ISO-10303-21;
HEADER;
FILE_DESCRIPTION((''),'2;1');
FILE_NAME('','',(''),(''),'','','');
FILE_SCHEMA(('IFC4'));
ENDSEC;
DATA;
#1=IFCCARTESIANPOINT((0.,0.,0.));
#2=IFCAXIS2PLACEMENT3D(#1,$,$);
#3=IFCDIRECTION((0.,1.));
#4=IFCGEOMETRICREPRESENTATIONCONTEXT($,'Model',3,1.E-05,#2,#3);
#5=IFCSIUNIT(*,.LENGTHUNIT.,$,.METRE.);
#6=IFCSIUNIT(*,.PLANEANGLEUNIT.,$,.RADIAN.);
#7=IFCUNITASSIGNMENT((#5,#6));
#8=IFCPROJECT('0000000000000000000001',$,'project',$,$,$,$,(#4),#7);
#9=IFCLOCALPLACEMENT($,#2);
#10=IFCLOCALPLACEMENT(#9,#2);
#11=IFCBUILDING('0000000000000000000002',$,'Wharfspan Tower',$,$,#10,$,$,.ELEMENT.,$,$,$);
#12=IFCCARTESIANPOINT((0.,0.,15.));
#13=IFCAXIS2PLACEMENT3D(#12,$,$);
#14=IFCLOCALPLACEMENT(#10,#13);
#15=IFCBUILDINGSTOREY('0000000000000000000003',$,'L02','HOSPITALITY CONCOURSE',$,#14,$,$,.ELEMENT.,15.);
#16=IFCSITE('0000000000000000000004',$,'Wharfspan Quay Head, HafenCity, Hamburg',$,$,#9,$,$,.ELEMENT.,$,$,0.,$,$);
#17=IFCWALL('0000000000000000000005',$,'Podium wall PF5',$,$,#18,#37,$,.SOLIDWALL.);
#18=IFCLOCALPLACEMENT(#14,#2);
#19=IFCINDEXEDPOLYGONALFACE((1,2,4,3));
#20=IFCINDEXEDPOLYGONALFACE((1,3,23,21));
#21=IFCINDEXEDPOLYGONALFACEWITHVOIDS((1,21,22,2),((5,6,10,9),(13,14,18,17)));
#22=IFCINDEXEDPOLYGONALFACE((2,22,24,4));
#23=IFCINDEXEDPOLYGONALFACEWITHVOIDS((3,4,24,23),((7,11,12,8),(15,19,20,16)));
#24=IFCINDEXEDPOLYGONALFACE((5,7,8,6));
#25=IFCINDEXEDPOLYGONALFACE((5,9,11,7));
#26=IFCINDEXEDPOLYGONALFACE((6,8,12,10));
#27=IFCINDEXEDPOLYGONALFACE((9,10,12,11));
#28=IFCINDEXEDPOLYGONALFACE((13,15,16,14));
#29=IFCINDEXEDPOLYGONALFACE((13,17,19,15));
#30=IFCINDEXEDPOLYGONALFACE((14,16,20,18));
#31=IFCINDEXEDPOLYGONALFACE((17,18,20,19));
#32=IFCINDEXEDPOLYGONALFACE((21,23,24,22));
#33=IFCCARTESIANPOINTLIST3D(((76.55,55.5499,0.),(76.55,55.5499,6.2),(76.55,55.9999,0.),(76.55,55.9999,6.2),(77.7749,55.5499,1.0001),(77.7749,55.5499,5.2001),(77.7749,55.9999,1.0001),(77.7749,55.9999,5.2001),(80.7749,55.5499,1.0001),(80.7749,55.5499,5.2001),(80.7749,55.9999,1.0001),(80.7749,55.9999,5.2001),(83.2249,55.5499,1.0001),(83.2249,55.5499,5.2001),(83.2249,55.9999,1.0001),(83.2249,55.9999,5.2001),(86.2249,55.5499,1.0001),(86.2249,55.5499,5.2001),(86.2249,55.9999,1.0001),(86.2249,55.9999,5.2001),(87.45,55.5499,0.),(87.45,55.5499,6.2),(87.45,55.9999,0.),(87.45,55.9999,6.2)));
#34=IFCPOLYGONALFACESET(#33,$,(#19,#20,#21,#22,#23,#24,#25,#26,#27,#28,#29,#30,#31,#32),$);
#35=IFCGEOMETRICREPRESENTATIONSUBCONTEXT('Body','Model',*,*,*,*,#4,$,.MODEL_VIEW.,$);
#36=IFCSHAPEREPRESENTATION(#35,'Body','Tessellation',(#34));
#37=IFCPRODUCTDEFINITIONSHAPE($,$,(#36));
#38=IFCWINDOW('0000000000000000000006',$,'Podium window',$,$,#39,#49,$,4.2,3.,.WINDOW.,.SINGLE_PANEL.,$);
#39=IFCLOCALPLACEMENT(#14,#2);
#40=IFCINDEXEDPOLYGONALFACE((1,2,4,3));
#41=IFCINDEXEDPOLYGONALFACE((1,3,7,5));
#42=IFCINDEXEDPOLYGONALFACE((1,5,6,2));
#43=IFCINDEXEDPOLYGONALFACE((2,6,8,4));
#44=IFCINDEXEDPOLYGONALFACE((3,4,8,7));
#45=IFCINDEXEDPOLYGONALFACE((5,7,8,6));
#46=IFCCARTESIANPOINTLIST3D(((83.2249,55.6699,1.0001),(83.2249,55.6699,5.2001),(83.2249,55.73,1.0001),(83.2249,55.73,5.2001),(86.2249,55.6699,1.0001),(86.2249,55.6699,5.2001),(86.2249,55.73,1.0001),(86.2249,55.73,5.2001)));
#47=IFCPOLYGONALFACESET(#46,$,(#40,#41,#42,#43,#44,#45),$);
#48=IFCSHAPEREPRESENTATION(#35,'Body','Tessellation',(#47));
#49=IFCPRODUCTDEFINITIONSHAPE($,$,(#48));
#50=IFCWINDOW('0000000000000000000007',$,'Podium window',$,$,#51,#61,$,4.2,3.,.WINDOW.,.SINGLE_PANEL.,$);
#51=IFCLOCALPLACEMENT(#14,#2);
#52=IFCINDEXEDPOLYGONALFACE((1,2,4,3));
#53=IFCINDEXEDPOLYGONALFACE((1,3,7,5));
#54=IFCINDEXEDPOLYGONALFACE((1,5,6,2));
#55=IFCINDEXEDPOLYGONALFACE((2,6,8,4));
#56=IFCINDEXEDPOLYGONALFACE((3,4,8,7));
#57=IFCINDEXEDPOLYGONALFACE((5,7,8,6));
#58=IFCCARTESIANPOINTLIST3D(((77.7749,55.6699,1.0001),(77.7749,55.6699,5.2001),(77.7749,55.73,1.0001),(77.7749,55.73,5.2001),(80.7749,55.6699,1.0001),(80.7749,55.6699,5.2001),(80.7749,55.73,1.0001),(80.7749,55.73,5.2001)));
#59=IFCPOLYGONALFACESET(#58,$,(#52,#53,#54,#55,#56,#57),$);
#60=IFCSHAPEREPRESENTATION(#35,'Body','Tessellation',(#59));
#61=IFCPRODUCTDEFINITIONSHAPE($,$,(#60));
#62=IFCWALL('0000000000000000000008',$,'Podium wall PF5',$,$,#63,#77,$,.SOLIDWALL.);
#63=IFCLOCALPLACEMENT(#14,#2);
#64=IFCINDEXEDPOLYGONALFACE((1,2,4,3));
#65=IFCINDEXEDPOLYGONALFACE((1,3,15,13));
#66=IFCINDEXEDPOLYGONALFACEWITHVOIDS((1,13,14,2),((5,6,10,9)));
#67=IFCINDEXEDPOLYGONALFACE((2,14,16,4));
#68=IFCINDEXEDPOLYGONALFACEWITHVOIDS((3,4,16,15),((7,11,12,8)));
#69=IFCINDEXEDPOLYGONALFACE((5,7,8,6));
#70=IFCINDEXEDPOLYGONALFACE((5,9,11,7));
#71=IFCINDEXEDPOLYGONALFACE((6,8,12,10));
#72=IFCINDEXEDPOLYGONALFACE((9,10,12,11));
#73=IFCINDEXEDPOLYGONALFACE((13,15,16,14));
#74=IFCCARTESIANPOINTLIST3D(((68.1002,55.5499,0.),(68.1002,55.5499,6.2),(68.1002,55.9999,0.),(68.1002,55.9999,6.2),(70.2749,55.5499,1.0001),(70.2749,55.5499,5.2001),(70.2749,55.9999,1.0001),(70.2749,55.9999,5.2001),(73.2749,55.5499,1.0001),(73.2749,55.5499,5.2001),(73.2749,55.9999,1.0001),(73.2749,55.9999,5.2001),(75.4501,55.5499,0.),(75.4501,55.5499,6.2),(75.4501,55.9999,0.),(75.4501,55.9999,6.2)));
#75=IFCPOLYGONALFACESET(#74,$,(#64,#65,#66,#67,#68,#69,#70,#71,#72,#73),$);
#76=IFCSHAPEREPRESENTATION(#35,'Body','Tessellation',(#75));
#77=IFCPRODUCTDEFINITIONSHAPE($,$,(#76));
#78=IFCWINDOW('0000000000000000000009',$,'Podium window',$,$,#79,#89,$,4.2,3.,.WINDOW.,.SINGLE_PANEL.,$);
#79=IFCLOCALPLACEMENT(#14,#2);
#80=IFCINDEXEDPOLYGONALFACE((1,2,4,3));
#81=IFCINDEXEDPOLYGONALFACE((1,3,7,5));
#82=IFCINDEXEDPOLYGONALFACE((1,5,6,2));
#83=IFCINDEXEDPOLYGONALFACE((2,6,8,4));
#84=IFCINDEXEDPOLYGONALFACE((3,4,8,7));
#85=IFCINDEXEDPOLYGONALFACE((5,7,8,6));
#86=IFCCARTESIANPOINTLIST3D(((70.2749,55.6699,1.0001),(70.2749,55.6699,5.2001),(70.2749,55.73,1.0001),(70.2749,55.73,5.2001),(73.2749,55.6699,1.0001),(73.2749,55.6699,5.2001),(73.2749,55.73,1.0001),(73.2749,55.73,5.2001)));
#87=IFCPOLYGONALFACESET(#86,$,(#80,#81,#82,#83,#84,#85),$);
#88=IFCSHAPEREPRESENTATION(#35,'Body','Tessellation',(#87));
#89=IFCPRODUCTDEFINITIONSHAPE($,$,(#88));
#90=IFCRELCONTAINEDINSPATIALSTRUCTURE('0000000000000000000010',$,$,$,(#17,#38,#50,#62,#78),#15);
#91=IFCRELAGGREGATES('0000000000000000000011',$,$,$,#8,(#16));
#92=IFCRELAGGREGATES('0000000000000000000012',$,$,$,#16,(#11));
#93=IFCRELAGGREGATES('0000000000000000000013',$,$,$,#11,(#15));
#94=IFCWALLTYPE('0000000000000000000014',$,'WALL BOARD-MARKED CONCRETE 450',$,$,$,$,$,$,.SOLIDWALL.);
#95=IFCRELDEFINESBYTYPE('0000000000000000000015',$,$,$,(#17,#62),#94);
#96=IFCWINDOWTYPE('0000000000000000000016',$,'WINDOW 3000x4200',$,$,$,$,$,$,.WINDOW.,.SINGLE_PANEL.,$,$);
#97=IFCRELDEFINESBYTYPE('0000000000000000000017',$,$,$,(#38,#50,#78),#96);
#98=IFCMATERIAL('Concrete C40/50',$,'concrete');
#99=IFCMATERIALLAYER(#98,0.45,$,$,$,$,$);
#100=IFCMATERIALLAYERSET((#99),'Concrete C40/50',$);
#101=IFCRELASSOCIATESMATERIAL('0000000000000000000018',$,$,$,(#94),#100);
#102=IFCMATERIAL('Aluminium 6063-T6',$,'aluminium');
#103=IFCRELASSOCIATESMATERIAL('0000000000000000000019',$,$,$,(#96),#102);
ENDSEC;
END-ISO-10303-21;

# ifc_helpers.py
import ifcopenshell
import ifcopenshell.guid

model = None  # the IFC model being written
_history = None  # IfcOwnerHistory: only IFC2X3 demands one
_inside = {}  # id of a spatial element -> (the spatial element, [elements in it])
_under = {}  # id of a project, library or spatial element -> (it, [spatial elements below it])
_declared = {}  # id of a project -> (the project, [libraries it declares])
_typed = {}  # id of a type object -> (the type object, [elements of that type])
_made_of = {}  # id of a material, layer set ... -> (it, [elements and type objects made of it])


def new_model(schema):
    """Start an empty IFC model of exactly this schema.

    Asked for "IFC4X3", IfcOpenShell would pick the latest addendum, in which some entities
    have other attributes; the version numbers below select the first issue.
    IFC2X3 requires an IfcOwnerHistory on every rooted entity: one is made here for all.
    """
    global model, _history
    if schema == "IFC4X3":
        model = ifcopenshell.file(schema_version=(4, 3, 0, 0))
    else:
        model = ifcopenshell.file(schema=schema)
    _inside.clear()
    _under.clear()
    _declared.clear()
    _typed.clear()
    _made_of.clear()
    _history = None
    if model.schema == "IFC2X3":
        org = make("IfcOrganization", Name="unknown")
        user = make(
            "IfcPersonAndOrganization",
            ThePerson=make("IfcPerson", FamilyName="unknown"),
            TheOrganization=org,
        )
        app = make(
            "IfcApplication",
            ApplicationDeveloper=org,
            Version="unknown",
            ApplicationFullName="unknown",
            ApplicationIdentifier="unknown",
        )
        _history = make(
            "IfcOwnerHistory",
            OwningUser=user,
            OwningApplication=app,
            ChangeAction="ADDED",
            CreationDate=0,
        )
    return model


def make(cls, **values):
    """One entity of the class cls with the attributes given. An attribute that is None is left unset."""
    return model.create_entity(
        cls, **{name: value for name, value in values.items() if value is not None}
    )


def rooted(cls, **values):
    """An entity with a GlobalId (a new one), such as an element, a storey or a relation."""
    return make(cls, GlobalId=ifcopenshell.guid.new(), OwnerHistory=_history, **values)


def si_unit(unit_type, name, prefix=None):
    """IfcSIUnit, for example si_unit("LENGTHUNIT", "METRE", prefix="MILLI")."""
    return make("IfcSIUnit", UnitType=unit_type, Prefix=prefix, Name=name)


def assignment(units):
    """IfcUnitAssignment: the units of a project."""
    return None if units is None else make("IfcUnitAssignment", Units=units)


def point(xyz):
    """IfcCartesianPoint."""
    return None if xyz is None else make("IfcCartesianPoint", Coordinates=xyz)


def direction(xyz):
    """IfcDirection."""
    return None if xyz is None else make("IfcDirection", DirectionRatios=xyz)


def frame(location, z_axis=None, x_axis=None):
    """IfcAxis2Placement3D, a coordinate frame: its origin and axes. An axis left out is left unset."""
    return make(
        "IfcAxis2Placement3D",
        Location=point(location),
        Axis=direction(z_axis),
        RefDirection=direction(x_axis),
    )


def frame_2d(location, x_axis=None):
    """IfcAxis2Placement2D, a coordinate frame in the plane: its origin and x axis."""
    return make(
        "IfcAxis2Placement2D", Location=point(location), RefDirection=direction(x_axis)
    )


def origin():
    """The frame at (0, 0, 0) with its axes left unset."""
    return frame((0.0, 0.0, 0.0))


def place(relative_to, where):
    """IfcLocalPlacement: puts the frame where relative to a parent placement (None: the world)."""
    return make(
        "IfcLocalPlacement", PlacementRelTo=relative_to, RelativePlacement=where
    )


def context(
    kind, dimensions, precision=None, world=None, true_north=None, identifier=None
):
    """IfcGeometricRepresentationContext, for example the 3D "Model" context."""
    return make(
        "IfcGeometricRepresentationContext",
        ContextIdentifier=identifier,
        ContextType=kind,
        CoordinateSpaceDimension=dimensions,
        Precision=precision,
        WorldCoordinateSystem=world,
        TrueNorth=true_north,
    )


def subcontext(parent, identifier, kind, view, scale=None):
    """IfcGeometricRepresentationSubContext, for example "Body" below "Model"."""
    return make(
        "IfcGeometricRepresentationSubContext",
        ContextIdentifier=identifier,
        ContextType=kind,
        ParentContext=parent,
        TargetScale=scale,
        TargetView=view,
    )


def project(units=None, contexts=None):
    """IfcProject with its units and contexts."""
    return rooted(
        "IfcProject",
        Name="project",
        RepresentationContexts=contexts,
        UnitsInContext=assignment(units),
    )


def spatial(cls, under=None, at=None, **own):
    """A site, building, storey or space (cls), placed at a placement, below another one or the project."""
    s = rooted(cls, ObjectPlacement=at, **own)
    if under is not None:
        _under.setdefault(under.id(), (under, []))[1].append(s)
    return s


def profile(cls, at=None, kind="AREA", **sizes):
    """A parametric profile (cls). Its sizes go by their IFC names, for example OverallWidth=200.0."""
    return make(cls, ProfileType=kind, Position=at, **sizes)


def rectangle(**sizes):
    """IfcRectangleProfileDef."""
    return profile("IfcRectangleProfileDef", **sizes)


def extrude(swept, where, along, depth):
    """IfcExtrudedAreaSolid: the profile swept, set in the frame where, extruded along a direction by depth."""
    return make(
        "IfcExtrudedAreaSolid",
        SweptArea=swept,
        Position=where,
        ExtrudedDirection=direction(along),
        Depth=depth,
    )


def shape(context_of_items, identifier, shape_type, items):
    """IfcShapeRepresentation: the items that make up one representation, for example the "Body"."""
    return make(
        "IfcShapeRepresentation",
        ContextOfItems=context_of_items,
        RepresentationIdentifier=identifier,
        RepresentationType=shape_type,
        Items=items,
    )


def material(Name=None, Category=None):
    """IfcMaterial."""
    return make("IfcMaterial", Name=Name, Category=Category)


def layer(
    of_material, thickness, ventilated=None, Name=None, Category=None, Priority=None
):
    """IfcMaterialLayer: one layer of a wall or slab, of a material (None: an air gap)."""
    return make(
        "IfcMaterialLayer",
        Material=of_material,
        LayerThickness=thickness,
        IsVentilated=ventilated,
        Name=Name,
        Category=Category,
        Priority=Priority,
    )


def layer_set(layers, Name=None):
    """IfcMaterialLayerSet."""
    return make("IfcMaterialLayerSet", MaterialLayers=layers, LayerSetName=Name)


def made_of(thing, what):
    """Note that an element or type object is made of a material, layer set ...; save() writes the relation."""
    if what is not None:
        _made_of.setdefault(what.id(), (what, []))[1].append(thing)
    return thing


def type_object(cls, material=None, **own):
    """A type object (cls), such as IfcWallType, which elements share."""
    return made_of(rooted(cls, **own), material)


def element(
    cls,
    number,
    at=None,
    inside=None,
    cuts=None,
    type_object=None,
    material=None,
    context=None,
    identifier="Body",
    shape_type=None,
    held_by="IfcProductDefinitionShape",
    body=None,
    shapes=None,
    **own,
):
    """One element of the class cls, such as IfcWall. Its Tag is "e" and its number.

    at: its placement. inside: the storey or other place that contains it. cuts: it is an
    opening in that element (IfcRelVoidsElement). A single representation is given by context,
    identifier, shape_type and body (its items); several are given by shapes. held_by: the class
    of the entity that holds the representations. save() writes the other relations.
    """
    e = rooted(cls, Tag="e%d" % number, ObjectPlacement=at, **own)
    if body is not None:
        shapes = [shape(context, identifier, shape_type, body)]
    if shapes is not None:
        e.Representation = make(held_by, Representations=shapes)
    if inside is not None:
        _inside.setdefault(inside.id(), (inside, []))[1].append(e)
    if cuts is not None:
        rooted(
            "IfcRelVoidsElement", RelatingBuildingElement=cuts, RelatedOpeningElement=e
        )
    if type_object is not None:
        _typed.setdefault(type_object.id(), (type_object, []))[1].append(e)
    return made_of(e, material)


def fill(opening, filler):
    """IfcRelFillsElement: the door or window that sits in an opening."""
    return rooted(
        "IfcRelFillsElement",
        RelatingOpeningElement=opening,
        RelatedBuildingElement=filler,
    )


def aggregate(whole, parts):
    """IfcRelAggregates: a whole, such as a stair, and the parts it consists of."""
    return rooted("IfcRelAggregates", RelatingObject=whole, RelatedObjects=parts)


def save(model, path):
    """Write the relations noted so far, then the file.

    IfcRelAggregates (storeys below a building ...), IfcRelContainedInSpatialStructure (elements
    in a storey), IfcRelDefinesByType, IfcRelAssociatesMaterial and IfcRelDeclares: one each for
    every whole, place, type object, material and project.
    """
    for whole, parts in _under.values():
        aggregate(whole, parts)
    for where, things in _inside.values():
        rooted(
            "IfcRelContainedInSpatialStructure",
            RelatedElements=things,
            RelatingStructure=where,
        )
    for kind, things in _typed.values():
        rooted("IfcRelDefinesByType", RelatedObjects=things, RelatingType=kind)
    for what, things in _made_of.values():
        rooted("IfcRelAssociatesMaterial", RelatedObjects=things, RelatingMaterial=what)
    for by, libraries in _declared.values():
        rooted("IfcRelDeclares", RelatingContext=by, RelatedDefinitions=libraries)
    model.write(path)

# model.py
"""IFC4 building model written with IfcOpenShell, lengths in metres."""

from ifc_helpers import new_model, si_unit, direction, frame, frame_2d, origin, place, context, subcontext, project, spatial, rectangle, extrude, material, layer, layer_set, type_object, element, fill, save


model = new_model("IFC4")

# Units and contexts
model_context = context("Model", 3, precision=1e-05, world=origin(), true_north=direction((0.0, 1.0)))
body_context = subcontext(model_context, "Body", "Model", "MODEL_VIEW")
ifc_project = project(units=[si_unit("LENGTHUNIT", "METRE"), si_unit("PLANEANGLEUNIT", "RADIAN")], contexts=[model_context])

# Site, building, storey
site_placement = place(None, origin())
site = spatial("IfcSite", under=ifc_project, at=site_placement, Name="Wharfspan Quay Head, HafenCity, Hamburg", CompositionType="ELEMENT", RefElevation=0.0)
building_placement = place(site_placement, origin())
building = spatial("IfcBuilding", under=site, at=building_placement, Name="Wharfspan Tower", CompositionType="ELEMENT")
storey_placement = place(building_placement, frame((0.0, 0.0, 15.0)))
storey = spatial("IfcBuildingStorey", under=building, at=storey_placement, Name="L02", Description="HOSPITALITY CONCOURSE", CompositionType="ELEMENT", Elevation=15.0)

# Wall, openings, windows
ifc_material_1 = material(Name="Concrete C40/50", Category="concrete")
ifc_layer_1 = layer(ifc_material_1, 0.45)
ifc_layer_set_1 = layer_set([ifc_layer_1], Name="Concrete C40/50")
wall_type_1 = type_object("IfcWallType", Name="WALL BOARD-MARKED CONCRETE 450", PredefinedType="SOLIDWALL", material=ifc_layer_set_1)
ifc_material_2 = material(Name="Aluminium 6063-T6", Category="aluminium")
window_type = type_object("IfcWindowType", Name="WINDOW 3000x4200", PartitioningType="SINGLE_PANEL", PredefinedType="WINDOW", material=ifc_material_2)
wall_1_placement = place(storey_placement, frame((87.45, 55.7749, 0.0), z_axis=(0.0, 0.0, 1.0), x_axis=(-1.0, 0.0, 0.0)))
wall_1 = element("IfcWall", 1, at=wall_1_placement, inside=storey, type_object=wall_type_1, Name="Podium wall PF5", PredefinedType="SOLIDWALL", context=body_context, shape_type="SweptSolid", body=[
    extrude(rectangle(XDim=10.8999, YDim=0.45, at=frame_2d((5.45, 0.0))), origin(), (0.0, 0.0, 1.0), 6.2),
])
opening_1_placement = place(wall_1_placement, frame((1.2251, 0.0, 1.0)))
opening_1 = element("IfcOpeningElement", 2, at=opening_1_placement, cuts=wall_1, PredefinedType="OPENING", context=body_context, shape_type="SweptSolid", body=[
    extrude(rectangle(XDim=3.0, YDim=4.2, at=frame_2d((1.5, 2.1001))), frame((0.0, 0.2349, 0.0), z_axis=(0.0, -1.0, 0.0), x_axis=(1.0, 0.0, 0.0)), (0.0, 0.0, 1.0), 0.47),
])
opening_2_placement = place(wall_1_placement, frame((6.675, 0.0, 1.0)))
opening_2 = element("IfcOpeningElement", 3, at=opening_2_placement, cuts=wall_1, PredefinedType="OPENING", context=body_context, shape_type="SweptSolid", body=[
    extrude(rectangle(XDim=3.0, YDim=4.2, at=frame_2d((1.5, 2.1001))), frame((0.0, 0.2349, 0.0), z_axis=(0.0, -1.0, 0.0), x_axis=(1.0, 0.0, 0.0)), (0.0, 0.0, 1.0), 0.47),
])
window_1_placement = place(opening_1_placement, origin())
window_1 = element("IfcWindow", 4, at=window_1_placement, inside=storey, type_object=window_type, Name="Podium window", OverallHeight=4.2, OverallWidth=3.0, PartitioningType="SINGLE_PANEL", PredefinedType="WINDOW", context=body_context, shape_type="SweptSolid", body=[
    extrude(rectangle(XDim=3.0, YDim=4.2, at=frame_2d((1.5, 2.1001))), frame((0.0, 0.105, 0.0), z_axis=(0.0, -1.0, 0.0), x_axis=(1.0, 0.0, 0.0)), (0.0, 0.0, 1.0), 0.0601),
])
fill(opening_1, window_1)
window_2_placement = place(opening_2_placement, origin())
window_2 = element("IfcWindow", 5, at=window_2_placement, inside=storey, type_object=window_type, Name="Podium window", OverallHeight=4.2, OverallWidth=3.0, PartitioningType="SINGLE_PANEL", PredefinedType="WINDOW", context=body_context, shape_type="SweptSolid", body=[
    extrude(rectangle(XDim=3.0, YDim=4.2, at=frame_2d((1.5, 2.1001))), frame((0.0, 0.105, 0.0), z_axis=(0.0, -1.0, 0.0), x_axis=(1.0, 0.0, 0.0)), (0.0, 0.0, 1.0), 0.0601),
])
fill(opening_2, window_2)

# Wall, opening, window
wall_2_placement = place(storey_placement, frame((75.45, 55.7749, 0.0), z_axis=(0.0, 0.0, 1.0), x_axis=(-1.0, 0.0, 0.0)))
wall_2 = element("IfcWall", 6, at=wall_2_placement, inside=storey, type_object=wall_type_1, Name="Podium wall PF5", PredefinedType="SOLIDWALL", context=body_context, shape_type="SweptSolid", body=[
    extrude(rectangle(XDim=7.3499, YDim=0.45, at=frame_2d((3.6748, 0.0))), origin(), (0.0, 0.0, 1.0), 6.2),
])
opening_3_placement = place(wall_2_placement, frame((2.175, 0.0, 1.0)))
opening_3 = element("IfcOpeningElement", 7, at=opening_3_placement, cuts=wall_2, PredefinedType="OPENING", context=body_context, shape_type="SweptSolid", body=[
    extrude(rectangle(XDim=3.0, YDim=4.2, at=frame_2d((1.5, 2.1001))), frame((0.0, 0.2349, 0.0), z_axis=(0.0, -1.0, 0.0), x_axis=(1.0, 0.0, 0.0)), (0.0, 0.0, 1.0), 0.47),
])
window_3_placement = place(opening_3_placement, origin())
window_3 = element("IfcWindow", 8, at=window_3_placement, inside=storey, type_object=window_type, Name="Podium window", OverallHeight=4.2, OverallWidth=3.0, PartitioningType="SINGLE_PANEL", PredefinedType="WINDOW", context=body_context, shape_type="SweptSolid", body=[
    extrude(rectangle(XDim=3.0, YDim=4.2, at=frame_2d((1.5, 2.1001))), frame((0.0, 0.105, 0.0), z_axis=(0.0, -1.0, 0.0), x_axis=(1.0, 0.0, 0.0)), (0.0, 0.0, 1.0), 0.0601),
])
fill(opening_3, window_3)

save(model, "model.ifc")
